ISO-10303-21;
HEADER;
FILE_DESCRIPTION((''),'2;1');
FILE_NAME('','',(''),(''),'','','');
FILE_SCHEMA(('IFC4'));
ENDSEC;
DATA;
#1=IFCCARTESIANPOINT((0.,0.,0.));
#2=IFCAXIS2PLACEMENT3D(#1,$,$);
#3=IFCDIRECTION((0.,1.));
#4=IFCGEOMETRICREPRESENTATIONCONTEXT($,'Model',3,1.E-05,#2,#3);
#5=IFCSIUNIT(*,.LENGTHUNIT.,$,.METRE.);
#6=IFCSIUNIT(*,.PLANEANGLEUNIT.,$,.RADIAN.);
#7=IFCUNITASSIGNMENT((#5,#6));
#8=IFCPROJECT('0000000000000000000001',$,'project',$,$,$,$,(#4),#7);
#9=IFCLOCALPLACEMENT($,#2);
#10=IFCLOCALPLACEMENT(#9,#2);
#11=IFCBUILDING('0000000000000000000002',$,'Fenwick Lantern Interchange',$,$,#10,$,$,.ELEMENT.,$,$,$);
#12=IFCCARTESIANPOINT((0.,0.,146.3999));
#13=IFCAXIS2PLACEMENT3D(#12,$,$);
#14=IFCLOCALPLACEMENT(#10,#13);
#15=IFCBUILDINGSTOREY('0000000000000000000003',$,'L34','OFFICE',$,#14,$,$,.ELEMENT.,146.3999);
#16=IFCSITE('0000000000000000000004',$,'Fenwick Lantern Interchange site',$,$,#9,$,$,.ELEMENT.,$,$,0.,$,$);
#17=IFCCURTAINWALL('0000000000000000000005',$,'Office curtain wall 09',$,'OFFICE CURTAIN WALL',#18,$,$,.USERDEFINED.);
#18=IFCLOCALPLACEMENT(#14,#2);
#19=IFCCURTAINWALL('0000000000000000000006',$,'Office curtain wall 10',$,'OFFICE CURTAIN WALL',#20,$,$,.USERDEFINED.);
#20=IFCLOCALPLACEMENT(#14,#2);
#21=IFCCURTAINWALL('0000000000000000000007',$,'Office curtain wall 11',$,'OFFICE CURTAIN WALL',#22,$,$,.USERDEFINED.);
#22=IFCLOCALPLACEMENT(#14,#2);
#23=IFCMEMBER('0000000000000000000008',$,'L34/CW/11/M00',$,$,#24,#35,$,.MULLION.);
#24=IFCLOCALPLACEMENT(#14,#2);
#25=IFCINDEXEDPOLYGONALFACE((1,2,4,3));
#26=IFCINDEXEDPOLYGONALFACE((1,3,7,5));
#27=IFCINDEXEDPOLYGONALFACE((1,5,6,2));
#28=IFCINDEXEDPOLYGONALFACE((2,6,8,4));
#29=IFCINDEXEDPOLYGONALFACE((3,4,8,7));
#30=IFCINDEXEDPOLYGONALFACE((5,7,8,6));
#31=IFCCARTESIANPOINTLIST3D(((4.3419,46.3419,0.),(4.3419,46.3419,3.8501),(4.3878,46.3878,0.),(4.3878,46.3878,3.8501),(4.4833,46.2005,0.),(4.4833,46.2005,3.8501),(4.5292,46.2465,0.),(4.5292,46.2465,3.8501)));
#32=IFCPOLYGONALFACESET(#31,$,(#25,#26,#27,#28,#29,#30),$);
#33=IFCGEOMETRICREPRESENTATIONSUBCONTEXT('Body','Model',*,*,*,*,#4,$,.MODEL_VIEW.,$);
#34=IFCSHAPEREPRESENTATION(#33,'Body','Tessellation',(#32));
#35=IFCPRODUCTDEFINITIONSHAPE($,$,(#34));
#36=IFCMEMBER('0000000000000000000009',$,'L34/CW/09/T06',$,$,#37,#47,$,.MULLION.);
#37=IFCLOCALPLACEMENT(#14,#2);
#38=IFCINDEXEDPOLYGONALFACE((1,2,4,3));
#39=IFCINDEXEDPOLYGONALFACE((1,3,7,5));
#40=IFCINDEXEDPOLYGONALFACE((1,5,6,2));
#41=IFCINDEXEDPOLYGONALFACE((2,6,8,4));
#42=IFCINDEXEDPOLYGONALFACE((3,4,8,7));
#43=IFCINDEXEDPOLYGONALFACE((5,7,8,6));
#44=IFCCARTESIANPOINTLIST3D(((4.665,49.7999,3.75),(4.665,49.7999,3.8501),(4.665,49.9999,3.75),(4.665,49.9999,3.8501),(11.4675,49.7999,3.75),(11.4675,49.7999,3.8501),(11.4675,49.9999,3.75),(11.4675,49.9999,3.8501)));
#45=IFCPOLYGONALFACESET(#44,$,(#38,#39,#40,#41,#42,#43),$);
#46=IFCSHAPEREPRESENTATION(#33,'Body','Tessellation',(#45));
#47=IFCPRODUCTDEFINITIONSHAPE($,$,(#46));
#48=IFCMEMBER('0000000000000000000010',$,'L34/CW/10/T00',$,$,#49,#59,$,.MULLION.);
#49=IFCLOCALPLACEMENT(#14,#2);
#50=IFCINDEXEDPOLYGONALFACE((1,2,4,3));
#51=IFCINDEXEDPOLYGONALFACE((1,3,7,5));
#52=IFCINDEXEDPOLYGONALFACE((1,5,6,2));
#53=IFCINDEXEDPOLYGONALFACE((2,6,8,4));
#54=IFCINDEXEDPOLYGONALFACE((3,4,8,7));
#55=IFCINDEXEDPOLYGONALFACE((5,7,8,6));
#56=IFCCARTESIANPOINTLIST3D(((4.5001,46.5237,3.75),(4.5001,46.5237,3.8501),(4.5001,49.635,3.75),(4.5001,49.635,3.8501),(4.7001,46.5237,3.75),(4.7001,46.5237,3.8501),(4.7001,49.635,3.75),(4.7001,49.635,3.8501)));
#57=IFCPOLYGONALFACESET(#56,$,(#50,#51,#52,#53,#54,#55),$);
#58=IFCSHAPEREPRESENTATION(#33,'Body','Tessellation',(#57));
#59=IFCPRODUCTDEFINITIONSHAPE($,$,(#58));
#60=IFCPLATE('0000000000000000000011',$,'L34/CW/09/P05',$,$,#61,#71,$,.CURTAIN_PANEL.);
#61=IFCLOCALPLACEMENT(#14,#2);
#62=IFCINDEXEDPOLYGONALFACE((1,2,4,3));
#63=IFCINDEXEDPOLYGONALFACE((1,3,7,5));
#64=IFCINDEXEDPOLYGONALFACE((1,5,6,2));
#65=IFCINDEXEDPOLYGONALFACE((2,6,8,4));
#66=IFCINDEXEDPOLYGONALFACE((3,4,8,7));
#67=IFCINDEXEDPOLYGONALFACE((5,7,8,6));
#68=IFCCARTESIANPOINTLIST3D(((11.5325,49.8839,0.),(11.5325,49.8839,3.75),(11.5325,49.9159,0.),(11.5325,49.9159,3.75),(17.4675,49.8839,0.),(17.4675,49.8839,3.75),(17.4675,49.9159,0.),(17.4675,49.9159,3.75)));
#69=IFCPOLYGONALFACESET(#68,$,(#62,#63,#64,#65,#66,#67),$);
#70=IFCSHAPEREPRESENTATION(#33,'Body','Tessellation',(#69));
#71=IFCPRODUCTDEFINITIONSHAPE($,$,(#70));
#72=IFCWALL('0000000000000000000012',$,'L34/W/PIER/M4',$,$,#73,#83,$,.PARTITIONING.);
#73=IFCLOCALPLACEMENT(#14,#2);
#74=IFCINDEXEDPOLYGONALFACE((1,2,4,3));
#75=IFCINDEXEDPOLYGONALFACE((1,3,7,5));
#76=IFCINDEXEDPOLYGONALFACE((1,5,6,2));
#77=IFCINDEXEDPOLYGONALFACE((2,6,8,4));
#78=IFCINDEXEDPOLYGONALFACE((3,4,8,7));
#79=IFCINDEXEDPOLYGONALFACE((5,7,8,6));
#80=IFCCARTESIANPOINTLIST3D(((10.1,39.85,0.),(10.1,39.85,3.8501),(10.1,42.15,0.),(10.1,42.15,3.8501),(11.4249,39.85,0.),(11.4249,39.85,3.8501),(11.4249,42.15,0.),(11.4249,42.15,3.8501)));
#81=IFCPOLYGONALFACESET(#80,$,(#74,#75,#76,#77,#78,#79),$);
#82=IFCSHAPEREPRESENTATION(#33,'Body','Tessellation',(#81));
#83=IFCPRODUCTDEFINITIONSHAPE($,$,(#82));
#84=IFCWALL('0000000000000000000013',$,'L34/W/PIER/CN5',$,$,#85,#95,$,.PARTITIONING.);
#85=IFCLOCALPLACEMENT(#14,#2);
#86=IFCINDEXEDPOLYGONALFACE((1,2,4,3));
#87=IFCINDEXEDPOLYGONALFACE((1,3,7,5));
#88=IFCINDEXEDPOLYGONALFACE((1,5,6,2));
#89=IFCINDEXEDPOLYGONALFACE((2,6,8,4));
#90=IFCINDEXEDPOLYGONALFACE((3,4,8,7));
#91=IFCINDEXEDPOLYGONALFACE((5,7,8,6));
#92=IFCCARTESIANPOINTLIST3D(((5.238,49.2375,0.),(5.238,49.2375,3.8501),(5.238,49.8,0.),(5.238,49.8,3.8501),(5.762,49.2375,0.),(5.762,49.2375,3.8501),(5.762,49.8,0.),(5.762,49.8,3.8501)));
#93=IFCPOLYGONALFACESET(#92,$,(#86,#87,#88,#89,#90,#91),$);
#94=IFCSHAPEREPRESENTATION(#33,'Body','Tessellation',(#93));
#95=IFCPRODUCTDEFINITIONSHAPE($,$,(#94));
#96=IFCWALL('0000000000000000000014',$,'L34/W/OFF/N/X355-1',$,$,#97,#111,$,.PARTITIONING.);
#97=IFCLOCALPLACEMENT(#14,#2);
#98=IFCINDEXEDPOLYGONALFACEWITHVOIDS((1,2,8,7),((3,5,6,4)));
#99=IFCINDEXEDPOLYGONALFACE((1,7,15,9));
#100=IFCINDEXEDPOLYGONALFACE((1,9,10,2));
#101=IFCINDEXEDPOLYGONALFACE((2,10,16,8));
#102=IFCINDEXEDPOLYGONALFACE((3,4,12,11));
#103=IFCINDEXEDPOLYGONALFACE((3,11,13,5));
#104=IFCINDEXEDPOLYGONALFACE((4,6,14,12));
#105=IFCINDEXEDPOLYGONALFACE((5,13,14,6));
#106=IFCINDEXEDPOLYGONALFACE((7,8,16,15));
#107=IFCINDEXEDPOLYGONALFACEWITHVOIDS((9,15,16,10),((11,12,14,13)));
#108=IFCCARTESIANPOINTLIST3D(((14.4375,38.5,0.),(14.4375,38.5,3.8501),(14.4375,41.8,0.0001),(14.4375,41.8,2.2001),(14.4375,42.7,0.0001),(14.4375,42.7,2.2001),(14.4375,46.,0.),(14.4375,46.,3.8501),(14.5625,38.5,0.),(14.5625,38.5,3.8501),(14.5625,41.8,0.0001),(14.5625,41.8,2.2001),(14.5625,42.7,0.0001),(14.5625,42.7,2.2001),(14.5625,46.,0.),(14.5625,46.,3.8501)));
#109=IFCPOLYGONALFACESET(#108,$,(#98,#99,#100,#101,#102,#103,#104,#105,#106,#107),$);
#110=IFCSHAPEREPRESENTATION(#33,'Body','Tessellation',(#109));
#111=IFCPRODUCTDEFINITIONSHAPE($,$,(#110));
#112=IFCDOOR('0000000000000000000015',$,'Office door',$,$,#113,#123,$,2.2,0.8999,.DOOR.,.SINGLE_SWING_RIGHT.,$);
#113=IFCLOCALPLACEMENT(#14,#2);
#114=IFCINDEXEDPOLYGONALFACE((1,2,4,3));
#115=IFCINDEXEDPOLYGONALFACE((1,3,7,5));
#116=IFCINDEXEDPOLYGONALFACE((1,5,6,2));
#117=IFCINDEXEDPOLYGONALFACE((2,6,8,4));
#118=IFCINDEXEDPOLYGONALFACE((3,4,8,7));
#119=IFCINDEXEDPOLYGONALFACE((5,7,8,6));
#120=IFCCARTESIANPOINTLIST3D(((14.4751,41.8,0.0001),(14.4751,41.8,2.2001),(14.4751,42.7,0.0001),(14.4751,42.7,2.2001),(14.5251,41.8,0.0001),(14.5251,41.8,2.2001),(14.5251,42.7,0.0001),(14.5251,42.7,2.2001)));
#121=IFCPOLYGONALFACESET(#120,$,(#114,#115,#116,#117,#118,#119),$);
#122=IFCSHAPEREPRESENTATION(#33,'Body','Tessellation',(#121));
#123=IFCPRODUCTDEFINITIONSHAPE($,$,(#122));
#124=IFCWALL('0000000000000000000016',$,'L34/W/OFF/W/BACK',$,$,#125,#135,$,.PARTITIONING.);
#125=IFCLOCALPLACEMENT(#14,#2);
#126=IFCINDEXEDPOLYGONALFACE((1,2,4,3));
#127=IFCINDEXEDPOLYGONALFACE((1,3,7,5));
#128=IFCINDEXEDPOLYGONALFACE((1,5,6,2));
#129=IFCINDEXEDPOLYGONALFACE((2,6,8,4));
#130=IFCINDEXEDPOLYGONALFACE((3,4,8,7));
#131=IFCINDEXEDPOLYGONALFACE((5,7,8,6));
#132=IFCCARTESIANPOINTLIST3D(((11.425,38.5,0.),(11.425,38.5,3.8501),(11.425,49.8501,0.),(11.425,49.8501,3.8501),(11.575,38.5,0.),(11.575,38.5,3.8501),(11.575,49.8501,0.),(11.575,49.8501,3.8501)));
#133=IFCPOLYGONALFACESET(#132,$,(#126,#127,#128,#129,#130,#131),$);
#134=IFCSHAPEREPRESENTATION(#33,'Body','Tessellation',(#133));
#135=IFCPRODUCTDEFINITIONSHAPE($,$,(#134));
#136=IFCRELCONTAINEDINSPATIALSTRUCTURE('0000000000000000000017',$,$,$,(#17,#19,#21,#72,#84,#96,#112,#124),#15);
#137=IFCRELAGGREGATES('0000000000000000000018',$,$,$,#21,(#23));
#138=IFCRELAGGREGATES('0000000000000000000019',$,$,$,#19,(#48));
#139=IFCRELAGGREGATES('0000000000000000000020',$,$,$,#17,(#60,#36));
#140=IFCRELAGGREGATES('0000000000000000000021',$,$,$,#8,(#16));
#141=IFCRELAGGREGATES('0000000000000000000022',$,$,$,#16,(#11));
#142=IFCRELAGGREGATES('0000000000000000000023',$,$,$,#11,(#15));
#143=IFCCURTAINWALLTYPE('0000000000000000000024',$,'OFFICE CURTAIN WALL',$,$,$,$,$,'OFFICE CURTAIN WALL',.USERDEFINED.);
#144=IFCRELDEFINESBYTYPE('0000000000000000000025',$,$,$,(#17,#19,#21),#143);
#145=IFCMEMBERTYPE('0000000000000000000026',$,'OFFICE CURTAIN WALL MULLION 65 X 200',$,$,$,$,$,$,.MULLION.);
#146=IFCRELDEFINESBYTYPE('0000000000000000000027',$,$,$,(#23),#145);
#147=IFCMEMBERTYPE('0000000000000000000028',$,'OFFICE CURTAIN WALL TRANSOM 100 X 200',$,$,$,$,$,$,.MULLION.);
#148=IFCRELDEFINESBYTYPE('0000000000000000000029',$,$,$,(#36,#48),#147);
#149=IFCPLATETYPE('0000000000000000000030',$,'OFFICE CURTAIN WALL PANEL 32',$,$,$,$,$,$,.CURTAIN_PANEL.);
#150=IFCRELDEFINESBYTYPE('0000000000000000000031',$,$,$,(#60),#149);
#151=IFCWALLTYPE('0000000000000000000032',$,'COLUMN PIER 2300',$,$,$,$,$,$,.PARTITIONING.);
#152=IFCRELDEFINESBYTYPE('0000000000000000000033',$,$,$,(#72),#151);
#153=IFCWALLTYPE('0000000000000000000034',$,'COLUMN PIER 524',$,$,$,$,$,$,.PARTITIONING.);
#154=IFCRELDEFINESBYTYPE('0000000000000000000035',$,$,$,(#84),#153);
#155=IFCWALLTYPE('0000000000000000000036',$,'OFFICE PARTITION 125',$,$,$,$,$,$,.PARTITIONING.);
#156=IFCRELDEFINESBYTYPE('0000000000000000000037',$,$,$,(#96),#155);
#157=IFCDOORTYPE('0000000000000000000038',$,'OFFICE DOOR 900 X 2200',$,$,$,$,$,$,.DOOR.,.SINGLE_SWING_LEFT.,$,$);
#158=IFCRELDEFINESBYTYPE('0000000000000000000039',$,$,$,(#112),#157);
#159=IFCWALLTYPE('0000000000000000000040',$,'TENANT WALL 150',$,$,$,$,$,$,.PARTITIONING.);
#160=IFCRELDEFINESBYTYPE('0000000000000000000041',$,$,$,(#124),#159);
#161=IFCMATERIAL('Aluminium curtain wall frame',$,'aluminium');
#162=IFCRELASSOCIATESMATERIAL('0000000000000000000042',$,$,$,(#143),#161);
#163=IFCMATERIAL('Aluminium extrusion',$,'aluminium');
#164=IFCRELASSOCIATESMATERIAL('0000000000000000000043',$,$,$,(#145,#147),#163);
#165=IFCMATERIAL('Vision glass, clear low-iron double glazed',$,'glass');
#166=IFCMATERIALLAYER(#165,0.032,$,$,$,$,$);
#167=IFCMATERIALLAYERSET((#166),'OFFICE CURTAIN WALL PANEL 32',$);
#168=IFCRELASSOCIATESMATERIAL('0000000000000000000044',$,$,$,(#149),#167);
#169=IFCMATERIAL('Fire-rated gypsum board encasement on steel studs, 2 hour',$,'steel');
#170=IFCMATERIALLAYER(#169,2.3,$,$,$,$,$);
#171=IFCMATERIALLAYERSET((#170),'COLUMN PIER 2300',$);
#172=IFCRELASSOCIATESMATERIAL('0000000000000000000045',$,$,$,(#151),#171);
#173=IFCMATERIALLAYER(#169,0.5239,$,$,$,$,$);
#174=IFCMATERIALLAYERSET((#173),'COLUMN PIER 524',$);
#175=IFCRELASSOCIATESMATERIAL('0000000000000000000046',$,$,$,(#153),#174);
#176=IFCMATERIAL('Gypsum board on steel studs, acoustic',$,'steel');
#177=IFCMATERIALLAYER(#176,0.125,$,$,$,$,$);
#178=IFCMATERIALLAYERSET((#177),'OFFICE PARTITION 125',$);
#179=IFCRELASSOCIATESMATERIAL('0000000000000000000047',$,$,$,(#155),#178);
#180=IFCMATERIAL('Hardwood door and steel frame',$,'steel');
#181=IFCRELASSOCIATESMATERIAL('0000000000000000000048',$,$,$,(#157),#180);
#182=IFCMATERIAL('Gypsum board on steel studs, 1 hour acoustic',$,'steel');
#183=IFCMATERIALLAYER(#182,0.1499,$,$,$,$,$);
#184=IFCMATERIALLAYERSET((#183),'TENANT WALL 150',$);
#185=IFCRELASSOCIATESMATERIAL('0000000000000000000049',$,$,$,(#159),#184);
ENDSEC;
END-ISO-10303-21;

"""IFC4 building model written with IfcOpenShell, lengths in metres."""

from ifc_helpers import new_model, si_unit, direction, frame, frame_2d, origin, origin_2d, place, context, subcontext, project, spatial, rectangle, extrude, material, layer, layer_set, material_profile, profile_set, type_object, element, fill, aggregate, save


model = new_model("IFC4")

# Units and contexts
model_context = context("Model", 3, precision=1e-05, world=origin(), true_north=direction((0.0, 1.0)))
body_context = subcontext(model_context, "Body", "Model", "MODEL_VIEW")
ifc_project = project(units=[si_unit("LENGTHUNIT", "METRE"), si_unit("PLANEANGLEUNIT", "RADIAN")], contexts=[model_context])

# Site, building, storey
site_placement = place(None, origin())
site = spatial("IfcSite", under=ifc_project, at=site_placement, Name="Fenwick Lantern Interchange site", CompositionType="ELEMENT", RefElevation=0.0)
building_placement = place(site_placement, origin())
building = spatial("IfcBuilding", under=site, at=building_placement, Name="Fenwick Lantern Interchange", CompositionType="ELEMENT")
storey_placement = place(building_placement, frame((0.0, 0.0, 146.3999)))
storey = spatial("IfcBuildingStorey", under=building, at=storey_placement, Name="L34", Description="OFFICE", CompositionType="ELEMENT", Elevation=146.3999)

# Curtain walls
ifc_material_1 = material(Name="Aluminium curtain wall frame", Category="aluminium")
curtain_wall_type = type_object("IfcCurtainWallType", Name="OFFICE CURTAIN WALL", ElementType="OFFICE CURTAIN WALL", PredefinedType="USERDEFINED", material=ifc_material_1)
curtain_wall_1_placement = place(storey_placement, origin())
curtain_wall_1 = element("IfcCurtainWall", 1, at=curtain_wall_1_placement, inside=storey, type_object=curtain_wall_type, Name="Office curtain wall 09", ObjectType="OFFICE CURTAIN WALL", PredefinedType="USERDEFINED")
ifc_material_2 = material(Name="Aluminium extrusion", Category="aluminium")
ifc_material_profile_1 = material_profile(ifc_material_2, rectangle(XDim=0.2, YDim=0.0649, at=origin_2d()), Name="OFFICE CURTAIN WALL MULLION 65 X 200")
ifc_profile_set_1 = profile_set([ifc_material_profile_1], Name="Aluminium extrusion")
member_type_1 = type_object("IfcMemberType", Name="OFFICE CURTAIN WALL MULLION 65 X 200", PredefinedType="MULLION", material=ifc_profile_set_1)
curtain_wall_2_placement = place(storey_placement, origin())
curtain_wall_2 = element("IfcCurtainWall", 2, at=curtain_wall_2_placement, inside=storey, type_object=curtain_wall_type, Name="Office curtain wall 10", ObjectType="OFFICE CURTAIN WALL", PredefinedType="USERDEFINED")

# Curtain wall, member
curtain_wall_3_placement = place(storey_placement, origin())
curtain_wall_3 = element("IfcCurtainWall", 3, at=curtain_wall_3_placement, inside=storey, type_object=curtain_wall_type, Name="Office curtain wall 11", ObjectType="OFFICE CURTAIN WALL", PredefinedType="USERDEFINED")
member_1_placement = place(storey_placement, frame((4.4355, 46.2942, 0.0), z_axis=(0.0, 0.0, 1.0), x_axis=(0.707107, -0.707107, 0.0)))
member_1 = element("IfcMember", 4, at=member_1_placement, type_object=member_type_1, Name="L34/CW/11/M00", PredefinedType="MULLION", context=body_context, shape_type="SweptSolid", body=[
    extrude(rectangle(XDim=0.2, YDim=0.0649, at=origin_2d()), origin(), (0.0, 0.0, 1.0), 3.8501),
])
aggregate(curtain_wall_3, [member_1])

# Members
ifc_material_profile_2 = material_profile(ifc_material_2, rectangle(XDim=0.2, YDim=0.1001, at=origin_2d()), Name="OFFICE CURTAIN WALL TRANSOM 100 X 200")
ifc_profile_set_2 = profile_set([ifc_material_profile_2], Name="Aluminium extrusion")
member_type_2 = type_object("IfcMemberType", Name="OFFICE CURTAIN WALL TRANSOM 100 X 200", PredefinedType="MULLION", material=ifc_profile_set_2)
member_2_placement = place(storey_placement, frame((11.4675, 49.8999, 3.8), z_axis=(-1.0, 0.0, 0.0), x_axis=(0.0, -1.0, 0.0)))
member_2 = element("IfcMember", 5, at=member_2_placement, type_object=member_type_2, Name="L34/CW/09/T06", PredefinedType="MULLION", context=body_context, shape_type="SweptSolid", body=[
    extrude(rectangle(XDim=0.2, YDim=0.1001, at=origin_2d()), origin(), (0.0, 0.0, 1.0), 6.8025),
])
member_3_placement = place(storey_placement, frame((4.6001, 49.635, 3.8), z_axis=(0.0, -1.0, 0.0), x_axis=(1.0, 0.0, 0.0)))
member_3 = element("IfcMember", 6, at=member_3_placement, type_object=member_type_2, Name="L34/CW/10/T00", PredefinedType="MULLION", context=body_context, shape_type="SweptSolid", body=[
    extrude(rectangle(XDim=0.2, YDim=0.1001, at=origin_2d()), origin(), (0.0, 0.0, 1.0), 3.1113),
])
aggregate(curtain_wall_2, [member_3])

# Plate
ifc_material_3 = material(Name="Vision glass, clear low-iron double glazed", Category="glass")
ifc_layer_1 = layer(ifc_material_3, 0.032)
ifc_layer_set_1 = layer_set([ifc_layer_1], Name="OFFICE CURTAIN WALL PANEL 32")
plate_type = type_object("IfcPlateType", Name="OFFICE CURTAIN WALL PANEL 32", PredefinedType="CURTAIN_PANEL", material=ifc_layer_set_1)
plate_placement = place(storey_placement, frame((14.5, 49.8999, 0.0), z_axis=(0.0, 0.0, 1.0), x_axis=(-1.0, 0.0, 0.0)))
plate = element("IfcPlate", 7, at=plate_placement, type_object=plate_type, Name="L34/CW/09/P05", PredefinedType="CURTAIN_PANEL", context=body_context, shape_type="SweptSolid", body=[
    extrude(rectangle(XDim=5.9351, YDim=0.032, at=origin_2d()), origin(), (0.0, 0.0, 1.0), 3.75),
])
aggregate(curtain_wall_1, [plate, member_2])

# Walls
ifc_material_4 = material(Name="Fire-rated gypsum board encasement on steel studs, 2 hour", Category="steel")
ifc_layer_2 = layer(ifc_material_4, 2.3)
ifc_layer_set_2 = layer_set([ifc_layer_2], Name="COLUMN PIER 2300")
wall_type_1 = type_object("IfcWallType", Name="COLUMN PIER 2300", PredefinedType="PARTITIONING", material=ifc_layer_set_2)
wall_1_placement = place(storey_placement, frame((11.425, 41.0, 0.0), z_axis=(0.0, 0.0, 1.0), x_axis=(-1.0, 0.0, 0.0)))
element("IfcWall", 8, at=wall_1_placement, inside=storey, type_object=wall_type_1, Name="L34/W/PIER/M4", PredefinedType="PARTITIONING", context=body_context, shape_type="SweptSolid", body=[
    extrude(rectangle(XDim=1.325, YDim=2.3, at=frame_2d((0.6626, 0.0))), origin(), (0.0, 0.0, 1.0), 3.8501),
])
ifc_layer_3 = layer(ifc_material_4, 0.5239)
ifc_layer_set_3 = layer_set([ifc_layer_3], Name="COLUMN PIER 524")
wall_type_2 = type_object("IfcWallType", Name="COLUMN PIER 524", PredefinedType="PARTITIONING", material=ifc_layer_set_3)
wall_2_placement = place(storey_placement, frame((5.5, 49.8, 0.0), z_axis=(0.0, 0.0, 1.0), x_axis=(0.0, -1.0, 0.0)))
element("IfcWall", 9, at=wall_2_placement, inside=storey, type_object=wall_type_2, Name="L34/W/PIER/CN5", PredefinedType="PARTITIONING", context=body_context, shape_type="SweptSolid", body=[
    extrude(rectangle(XDim=0.5625, YDim=0.5239, at=frame_2d((0.2812, 0.0))), origin(), (0.0, 0.0, 1.0), 3.8501),
])

# Wall, opening, door
ifc_material_5 = material(Name="Gypsum board on steel studs, acoustic", Category="steel")
ifc_layer_4 = layer(ifc_material_5, 0.125)
ifc_layer_set_4 = layer_set([ifc_layer_4], Name="OFFICE PARTITION 125")
wall_type_3 = type_object("IfcWallType", Name="OFFICE PARTITION 125", PredefinedType="PARTITIONING", material=ifc_layer_set_4)
wall_3_placement = place(storey_placement, frame((14.5, 46.0, 0.0), z_axis=(0.0, 0.0, 1.0), x_axis=(0.0, -1.0, 0.0)))
wall_3 = element("IfcWall", 10, at=wall_3_placement, inside=storey, type_object=wall_type_3, Name="L34/W/OFF/N/X355-1", PredefinedType="PARTITIONING", context=body_context, shape_type="SweptSolid", body=[
    extrude(rectangle(XDim=7.5, YDim=0.125, at=frame_2d((3.75, 0.0))), origin(), (0.0, 0.0, 1.0), 3.8501),
])
opening_placement = place(wall_3_placement, frame((3.3, 0.0, 0.0)))
opening = element("IfcOpeningElement", 11, at=opening_placement, cuts=wall_3, PredefinedType="OPENING", context=body_context, shape_type="SweptSolid", body=[
    extrude(rectangle(XDim=0.8999, YDim=2.2, at=frame_2d((0.45, 1.1001))), frame((0.0, 0.0725, 0.0), z_axis=(0.0, -1.0, 0.0), x_axis=(1.0, 0.0, 0.0)), (0.0, 0.0, 1.0), 0.145),
])
ifc_material_6 = material(Name="Hardwood door and steel frame", Category="steel")
door_type = type_object("IfcDoorType", Name="OFFICE DOOR 900 X 2200", OperationType="SINGLE_SWING_LEFT", PredefinedType="DOOR", material=ifc_material_6)
door_placement = place(opening_placement, frame((0.8999, 0.0, 0.0), z_axis=(0.0, 0.0, 1.0), x_axis=(-1.0, 0.0, 0.0)))
door = element("IfcDoor", 12, at=door_placement, inside=storey, type_object=door_type, Name="Office door", OperationType="SINGLE_SWING_RIGHT", OverallHeight=2.2, OverallWidth=0.8999, PredefinedType="DOOR", context=body_context, shape_type="SweptSolid", body=[
    extrude(rectangle(XDim=0.8999, YDim=2.2, at=frame_2d((0.45, 1.1001))), frame((0.0, 0.0249, 0.0), z_axis=(0.0, -1.0, 0.0), x_axis=(1.0, 0.0, 0.0)), (0.0, 0.0, 1.0), 0.05),
])
fill(opening, door)

# Wall
ifc_material_7 = material(Name="Gypsum board on steel studs, 1 hour acoustic", Category="steel")
ifc_layer_5 = layer(ifc_material_7, 0.1499)
ifc_layer_set_5 = layer_set([ifc_layer_5], Name="TENANT WALL 150")
wall_type_4 = type_object("IfcWallType", Name="TENANT WALL 150", PredefinedType="PARTITIONING", material=ifc_layer_set_5)
wall_4_placement = place(storey_placement, frame((11.5, 49.8501, 0.0), z_axis=(0.0, 0.0, 1.0), x_axis=(0.0, -1.0, 0.0)))
element("IfcWall", 13, at=wall_4_placement, inside=storey, type_object=wall_type_4, Name="L34/W/OFF/W/BACK", PredefinedType="PARTITIONING", context=body_context, shape_type="SweptSolid", body=[
    extrude(rectangle(XDim=11.3501, YDim=0.1499, at=frame_2d((5.675, 0.0))), origin(), (0.0, 0.0, 1.0), 3.8501),
])

save(model, "model.ifc")
